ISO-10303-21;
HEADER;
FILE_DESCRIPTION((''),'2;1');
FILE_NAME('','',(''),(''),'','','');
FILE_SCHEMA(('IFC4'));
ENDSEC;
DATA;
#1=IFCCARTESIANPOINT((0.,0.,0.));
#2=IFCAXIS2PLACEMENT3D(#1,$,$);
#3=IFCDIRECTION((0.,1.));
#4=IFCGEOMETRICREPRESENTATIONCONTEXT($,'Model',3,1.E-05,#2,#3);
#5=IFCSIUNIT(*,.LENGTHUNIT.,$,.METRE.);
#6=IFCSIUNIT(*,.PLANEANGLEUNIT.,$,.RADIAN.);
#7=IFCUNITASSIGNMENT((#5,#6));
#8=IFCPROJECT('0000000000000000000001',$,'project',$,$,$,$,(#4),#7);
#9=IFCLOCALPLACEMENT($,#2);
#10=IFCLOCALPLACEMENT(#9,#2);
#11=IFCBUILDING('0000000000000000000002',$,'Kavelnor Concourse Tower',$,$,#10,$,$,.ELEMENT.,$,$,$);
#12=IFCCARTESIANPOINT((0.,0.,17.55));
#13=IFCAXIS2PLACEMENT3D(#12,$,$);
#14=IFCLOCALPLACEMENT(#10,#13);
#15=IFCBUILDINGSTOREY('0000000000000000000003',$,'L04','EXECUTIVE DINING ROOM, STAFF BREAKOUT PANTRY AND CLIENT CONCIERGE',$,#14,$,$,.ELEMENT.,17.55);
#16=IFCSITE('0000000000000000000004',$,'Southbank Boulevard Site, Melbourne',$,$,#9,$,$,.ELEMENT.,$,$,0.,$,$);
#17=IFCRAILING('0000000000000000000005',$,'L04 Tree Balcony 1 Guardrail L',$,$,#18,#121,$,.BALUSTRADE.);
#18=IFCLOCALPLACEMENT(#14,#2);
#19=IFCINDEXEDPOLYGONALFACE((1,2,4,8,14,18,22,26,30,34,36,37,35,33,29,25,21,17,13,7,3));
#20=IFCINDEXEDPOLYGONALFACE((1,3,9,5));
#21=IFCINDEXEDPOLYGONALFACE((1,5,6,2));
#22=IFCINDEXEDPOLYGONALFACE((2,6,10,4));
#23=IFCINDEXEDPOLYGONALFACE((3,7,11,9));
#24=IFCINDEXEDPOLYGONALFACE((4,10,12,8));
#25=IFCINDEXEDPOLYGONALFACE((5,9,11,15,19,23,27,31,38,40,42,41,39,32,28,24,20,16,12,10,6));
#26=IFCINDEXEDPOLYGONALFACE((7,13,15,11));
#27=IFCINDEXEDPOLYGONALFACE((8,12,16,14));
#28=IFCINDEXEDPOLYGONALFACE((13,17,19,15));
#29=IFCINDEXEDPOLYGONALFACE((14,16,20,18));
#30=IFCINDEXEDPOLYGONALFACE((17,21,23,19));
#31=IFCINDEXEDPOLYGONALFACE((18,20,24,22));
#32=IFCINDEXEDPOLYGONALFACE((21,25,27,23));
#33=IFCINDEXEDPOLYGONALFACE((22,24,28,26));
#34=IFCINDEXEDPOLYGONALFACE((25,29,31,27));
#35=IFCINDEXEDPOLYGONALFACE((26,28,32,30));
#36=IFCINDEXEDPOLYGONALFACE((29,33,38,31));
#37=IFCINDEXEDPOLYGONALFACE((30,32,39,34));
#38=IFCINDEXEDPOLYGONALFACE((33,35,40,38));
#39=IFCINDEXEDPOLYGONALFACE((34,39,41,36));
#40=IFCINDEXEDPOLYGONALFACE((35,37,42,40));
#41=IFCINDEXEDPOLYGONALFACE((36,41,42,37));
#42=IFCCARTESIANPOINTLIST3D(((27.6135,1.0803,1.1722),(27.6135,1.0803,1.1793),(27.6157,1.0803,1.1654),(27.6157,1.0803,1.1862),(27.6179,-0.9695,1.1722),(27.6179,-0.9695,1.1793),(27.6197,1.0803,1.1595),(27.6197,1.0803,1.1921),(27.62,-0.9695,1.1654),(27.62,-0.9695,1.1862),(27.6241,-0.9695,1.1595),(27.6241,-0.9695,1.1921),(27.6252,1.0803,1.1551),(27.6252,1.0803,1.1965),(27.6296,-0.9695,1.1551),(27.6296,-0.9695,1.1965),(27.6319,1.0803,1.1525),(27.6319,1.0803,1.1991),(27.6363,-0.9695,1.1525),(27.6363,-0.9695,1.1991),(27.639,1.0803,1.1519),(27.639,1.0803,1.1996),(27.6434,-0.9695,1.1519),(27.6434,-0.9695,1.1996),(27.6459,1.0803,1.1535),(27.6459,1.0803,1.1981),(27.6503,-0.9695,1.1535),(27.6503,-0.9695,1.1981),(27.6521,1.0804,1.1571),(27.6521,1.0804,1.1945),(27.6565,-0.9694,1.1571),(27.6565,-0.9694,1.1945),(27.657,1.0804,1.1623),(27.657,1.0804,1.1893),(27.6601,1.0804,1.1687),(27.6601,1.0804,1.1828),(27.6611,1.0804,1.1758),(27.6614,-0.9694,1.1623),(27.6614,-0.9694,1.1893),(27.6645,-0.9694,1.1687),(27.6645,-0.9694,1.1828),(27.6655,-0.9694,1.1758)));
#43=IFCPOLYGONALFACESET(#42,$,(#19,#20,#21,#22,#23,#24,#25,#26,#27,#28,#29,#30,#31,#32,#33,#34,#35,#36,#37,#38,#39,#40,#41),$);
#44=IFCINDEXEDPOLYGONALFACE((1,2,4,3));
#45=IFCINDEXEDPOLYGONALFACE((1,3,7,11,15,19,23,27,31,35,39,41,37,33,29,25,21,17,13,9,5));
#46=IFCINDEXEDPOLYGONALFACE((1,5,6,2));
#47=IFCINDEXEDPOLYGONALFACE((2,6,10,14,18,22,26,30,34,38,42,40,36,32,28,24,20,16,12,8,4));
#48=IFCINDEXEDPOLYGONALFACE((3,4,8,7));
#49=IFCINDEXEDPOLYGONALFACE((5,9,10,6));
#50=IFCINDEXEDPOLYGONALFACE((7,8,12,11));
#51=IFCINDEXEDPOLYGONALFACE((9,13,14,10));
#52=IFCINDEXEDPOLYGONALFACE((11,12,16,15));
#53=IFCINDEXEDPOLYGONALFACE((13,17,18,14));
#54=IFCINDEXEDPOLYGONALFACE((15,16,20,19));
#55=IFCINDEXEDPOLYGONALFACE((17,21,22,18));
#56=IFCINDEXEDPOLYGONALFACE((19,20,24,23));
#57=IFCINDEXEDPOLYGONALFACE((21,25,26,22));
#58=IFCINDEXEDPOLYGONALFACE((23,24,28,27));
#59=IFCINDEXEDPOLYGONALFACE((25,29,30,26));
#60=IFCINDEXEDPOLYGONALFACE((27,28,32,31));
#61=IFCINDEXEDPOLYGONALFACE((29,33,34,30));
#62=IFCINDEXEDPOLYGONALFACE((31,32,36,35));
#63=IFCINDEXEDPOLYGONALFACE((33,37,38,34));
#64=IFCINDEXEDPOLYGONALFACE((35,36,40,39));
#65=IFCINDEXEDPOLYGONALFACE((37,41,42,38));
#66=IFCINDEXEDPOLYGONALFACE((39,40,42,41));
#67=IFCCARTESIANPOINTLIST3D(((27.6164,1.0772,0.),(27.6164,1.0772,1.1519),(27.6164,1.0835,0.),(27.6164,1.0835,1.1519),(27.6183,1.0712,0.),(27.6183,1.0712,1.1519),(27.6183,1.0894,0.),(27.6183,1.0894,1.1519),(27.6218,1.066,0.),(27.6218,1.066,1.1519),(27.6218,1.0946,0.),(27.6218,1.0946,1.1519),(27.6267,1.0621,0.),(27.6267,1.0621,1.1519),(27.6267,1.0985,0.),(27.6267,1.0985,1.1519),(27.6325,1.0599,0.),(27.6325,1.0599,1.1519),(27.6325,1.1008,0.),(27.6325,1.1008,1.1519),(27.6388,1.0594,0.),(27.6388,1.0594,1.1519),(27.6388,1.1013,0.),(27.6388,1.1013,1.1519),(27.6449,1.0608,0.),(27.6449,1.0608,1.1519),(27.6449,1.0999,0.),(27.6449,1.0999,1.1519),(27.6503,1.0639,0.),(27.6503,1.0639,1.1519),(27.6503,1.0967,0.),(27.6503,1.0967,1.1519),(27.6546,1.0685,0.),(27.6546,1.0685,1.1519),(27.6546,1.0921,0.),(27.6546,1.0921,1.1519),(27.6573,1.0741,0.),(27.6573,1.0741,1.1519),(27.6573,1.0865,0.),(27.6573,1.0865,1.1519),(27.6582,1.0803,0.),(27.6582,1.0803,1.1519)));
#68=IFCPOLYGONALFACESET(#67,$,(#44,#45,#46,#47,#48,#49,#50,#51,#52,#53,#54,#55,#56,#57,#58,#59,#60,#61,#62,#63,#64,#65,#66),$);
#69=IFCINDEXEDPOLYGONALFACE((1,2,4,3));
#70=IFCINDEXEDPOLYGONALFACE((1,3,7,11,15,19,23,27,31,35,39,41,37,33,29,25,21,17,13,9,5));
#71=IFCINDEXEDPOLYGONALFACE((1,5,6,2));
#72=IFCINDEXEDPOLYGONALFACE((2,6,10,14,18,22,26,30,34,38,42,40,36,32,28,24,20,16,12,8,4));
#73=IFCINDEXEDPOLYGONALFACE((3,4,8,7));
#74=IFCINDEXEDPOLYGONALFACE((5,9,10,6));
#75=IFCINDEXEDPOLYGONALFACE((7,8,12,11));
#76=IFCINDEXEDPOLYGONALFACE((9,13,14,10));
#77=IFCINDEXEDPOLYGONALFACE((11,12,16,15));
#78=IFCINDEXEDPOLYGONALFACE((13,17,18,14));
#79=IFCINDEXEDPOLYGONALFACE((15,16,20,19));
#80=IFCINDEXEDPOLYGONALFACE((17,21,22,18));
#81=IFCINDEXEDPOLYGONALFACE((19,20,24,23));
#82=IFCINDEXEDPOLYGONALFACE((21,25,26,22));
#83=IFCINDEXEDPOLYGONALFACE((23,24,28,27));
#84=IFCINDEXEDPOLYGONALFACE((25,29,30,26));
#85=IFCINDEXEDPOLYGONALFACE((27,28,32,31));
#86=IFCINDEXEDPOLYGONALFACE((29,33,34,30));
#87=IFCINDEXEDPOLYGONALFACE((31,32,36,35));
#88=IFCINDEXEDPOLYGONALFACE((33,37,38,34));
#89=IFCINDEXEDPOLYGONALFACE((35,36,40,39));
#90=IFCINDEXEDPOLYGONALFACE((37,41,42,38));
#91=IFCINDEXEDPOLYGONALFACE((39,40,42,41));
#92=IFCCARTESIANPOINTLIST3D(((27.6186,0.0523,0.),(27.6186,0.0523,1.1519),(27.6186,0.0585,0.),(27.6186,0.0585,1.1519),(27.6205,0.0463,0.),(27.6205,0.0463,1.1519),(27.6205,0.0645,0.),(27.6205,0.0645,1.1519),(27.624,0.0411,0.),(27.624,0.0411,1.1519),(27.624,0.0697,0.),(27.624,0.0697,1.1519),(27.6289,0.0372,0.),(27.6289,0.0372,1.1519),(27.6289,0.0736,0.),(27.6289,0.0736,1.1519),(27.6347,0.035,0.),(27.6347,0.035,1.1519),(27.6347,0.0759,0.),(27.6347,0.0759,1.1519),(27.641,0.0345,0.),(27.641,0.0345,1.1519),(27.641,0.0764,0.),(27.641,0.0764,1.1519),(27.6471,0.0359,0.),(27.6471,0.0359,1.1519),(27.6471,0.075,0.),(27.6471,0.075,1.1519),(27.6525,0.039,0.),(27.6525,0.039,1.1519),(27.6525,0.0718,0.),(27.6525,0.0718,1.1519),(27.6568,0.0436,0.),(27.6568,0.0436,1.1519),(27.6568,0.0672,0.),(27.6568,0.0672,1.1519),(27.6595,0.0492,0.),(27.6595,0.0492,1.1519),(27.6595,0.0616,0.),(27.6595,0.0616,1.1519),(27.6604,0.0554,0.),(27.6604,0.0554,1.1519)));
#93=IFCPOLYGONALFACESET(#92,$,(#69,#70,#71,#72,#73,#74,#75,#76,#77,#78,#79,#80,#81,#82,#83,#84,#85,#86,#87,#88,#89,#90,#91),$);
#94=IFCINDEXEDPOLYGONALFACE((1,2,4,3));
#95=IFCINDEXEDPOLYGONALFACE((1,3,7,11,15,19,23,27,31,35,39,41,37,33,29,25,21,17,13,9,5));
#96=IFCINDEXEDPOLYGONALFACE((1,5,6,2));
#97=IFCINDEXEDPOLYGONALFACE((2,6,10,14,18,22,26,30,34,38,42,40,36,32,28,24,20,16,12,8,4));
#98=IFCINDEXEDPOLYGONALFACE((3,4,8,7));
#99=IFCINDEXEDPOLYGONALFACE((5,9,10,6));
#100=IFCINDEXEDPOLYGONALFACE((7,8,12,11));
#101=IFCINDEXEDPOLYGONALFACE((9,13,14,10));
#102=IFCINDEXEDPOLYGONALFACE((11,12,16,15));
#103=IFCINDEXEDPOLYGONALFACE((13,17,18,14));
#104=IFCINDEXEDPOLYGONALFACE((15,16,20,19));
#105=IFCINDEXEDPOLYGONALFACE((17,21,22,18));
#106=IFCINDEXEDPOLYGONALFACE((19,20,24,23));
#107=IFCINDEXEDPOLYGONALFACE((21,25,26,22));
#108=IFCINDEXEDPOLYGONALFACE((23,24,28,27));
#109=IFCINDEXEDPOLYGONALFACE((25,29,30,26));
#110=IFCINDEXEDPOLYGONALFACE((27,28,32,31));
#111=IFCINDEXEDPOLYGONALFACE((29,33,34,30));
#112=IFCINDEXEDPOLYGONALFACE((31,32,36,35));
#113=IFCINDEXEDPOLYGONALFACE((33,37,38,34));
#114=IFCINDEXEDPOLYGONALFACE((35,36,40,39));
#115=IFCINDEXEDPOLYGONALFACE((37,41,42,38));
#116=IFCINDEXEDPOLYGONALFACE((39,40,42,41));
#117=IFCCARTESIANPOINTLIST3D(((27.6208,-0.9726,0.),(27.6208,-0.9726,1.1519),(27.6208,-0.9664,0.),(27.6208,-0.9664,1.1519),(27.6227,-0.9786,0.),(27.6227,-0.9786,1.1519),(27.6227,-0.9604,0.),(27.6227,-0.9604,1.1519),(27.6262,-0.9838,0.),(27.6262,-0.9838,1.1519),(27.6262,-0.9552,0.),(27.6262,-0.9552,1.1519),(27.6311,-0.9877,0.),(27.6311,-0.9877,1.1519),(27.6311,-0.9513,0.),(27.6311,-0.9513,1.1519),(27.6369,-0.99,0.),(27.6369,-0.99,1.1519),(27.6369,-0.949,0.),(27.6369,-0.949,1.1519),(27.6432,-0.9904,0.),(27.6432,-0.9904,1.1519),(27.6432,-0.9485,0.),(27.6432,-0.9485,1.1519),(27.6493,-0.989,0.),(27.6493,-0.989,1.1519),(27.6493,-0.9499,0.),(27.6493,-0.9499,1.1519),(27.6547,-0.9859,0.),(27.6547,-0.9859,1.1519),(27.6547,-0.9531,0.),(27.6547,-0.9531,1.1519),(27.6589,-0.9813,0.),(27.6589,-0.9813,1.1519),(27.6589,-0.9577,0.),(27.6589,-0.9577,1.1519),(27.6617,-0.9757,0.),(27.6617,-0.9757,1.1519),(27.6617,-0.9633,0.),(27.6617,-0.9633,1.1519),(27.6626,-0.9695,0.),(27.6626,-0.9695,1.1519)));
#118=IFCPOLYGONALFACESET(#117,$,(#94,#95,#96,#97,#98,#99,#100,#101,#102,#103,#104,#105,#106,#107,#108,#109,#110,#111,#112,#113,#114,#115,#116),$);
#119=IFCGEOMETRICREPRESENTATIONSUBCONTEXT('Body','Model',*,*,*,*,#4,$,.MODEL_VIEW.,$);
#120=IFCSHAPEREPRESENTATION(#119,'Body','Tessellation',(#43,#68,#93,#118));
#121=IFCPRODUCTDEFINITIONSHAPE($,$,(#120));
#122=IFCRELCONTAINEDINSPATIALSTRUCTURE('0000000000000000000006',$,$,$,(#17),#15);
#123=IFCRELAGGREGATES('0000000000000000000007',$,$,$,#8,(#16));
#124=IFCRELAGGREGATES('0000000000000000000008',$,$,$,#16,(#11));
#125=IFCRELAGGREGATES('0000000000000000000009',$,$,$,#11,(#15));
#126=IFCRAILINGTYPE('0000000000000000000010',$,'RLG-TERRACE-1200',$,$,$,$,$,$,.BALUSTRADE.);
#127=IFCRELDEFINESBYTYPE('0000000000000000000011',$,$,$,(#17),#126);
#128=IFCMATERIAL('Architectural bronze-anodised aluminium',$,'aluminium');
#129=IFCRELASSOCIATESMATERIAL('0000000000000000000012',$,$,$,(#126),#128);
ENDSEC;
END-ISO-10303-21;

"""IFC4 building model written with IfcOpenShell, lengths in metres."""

from ifc_helpers import new_model, si_unit, direction, frame, origin, origin_2d, place, context, subcontext, project, spatial, circle, extrude, material, type_object, element, save


model = new_model("IFC4")

# Units and contexts
model_context = context("Model", 3, precision=1e-05, world=origin(), true_north=direction((0.0, 1.0)))
body_context = subcontext(model_context, "Body", "Model", "MODEL_VIEW")
ifc_project = project(units=[si_unit("LENGTHUNIT", "METRE"), si_unit("PLANEANGLEUNIT", "RADIAN")], contexts=[model_context])

# Site, building, storey
site_placement = place(None, origin())
site = spatial("IfcSite", under=ifc_project, at=site_placement, Name="Southbank Boulevard Site, Melbourne", CompositionType="ELEMENT", RefElevation=0.0)
building_placement = place(site_placement, origin())
building = spatial("IfcBuilding", under=site, at=building_placement, Name="Kavelnor Concourse Tower", CompositionType="ELEMENT")
storey_placement = place(building_placement, frame((0.0, 0.0, 17.55)))
storey = spatial("IfcBuildingStorey", under=building, at=storey_placement, Name="L04", Description="EXECUTIVE DINING ROOM, STAFF BREAKOUT PANTRY AND CLIENT CONCIERGE", CompositionType="ELEMENT", Elevation=17.55)

# Railing
ifc_material_1 = material(Name="Architectural bronze-anodised aluminium", Category="aluminium")
railing_type = type_object("IfcRailingType", Name="RLG-TERRACE-1200", PredefinedType="BALUSTRADE", material=ifc_material_1)
railing_1_placement = place(storey_placement, frame((27.6372, 1.0803, 0.0)))
element("IfcRailing", 1, at=railing_1_placement, inside=storey, type_object=railing_type, Name="L04 Tree Balcony 1 Guardrail L", PredefinedType="BALUSTRADE", context=body_context, shape_type="SweptSolid", body=[
    extrude(circle(Radius=0.0239, at=origin_2d()), frame((0.0, 0.0, 1.1758), z_axis=(0.002144, -0.999998, 0.0), x_axis=(0.999998, 0.002144, 0.0)), (0.0, 0.0, 1.0), 2.0498),
    extrude(circle(Radius=0.021, at=origin_2d()), origin(), (0.0, 0.0, 1.0), 1.1519),
    extrude(circle(Radius=0.021, at=origin_2d()), frame((0.0022, -1.0249, 0.0)), (0.0, 0.0, 1.0), 1.1519),
    extrude(circle(Radius=0.021, at=origin_2d()), frame((0.0044, -2.0498, 0.0)), (0.0, 0.0, 1.0), 1.1519),
])

save(model, "model.ifc")
